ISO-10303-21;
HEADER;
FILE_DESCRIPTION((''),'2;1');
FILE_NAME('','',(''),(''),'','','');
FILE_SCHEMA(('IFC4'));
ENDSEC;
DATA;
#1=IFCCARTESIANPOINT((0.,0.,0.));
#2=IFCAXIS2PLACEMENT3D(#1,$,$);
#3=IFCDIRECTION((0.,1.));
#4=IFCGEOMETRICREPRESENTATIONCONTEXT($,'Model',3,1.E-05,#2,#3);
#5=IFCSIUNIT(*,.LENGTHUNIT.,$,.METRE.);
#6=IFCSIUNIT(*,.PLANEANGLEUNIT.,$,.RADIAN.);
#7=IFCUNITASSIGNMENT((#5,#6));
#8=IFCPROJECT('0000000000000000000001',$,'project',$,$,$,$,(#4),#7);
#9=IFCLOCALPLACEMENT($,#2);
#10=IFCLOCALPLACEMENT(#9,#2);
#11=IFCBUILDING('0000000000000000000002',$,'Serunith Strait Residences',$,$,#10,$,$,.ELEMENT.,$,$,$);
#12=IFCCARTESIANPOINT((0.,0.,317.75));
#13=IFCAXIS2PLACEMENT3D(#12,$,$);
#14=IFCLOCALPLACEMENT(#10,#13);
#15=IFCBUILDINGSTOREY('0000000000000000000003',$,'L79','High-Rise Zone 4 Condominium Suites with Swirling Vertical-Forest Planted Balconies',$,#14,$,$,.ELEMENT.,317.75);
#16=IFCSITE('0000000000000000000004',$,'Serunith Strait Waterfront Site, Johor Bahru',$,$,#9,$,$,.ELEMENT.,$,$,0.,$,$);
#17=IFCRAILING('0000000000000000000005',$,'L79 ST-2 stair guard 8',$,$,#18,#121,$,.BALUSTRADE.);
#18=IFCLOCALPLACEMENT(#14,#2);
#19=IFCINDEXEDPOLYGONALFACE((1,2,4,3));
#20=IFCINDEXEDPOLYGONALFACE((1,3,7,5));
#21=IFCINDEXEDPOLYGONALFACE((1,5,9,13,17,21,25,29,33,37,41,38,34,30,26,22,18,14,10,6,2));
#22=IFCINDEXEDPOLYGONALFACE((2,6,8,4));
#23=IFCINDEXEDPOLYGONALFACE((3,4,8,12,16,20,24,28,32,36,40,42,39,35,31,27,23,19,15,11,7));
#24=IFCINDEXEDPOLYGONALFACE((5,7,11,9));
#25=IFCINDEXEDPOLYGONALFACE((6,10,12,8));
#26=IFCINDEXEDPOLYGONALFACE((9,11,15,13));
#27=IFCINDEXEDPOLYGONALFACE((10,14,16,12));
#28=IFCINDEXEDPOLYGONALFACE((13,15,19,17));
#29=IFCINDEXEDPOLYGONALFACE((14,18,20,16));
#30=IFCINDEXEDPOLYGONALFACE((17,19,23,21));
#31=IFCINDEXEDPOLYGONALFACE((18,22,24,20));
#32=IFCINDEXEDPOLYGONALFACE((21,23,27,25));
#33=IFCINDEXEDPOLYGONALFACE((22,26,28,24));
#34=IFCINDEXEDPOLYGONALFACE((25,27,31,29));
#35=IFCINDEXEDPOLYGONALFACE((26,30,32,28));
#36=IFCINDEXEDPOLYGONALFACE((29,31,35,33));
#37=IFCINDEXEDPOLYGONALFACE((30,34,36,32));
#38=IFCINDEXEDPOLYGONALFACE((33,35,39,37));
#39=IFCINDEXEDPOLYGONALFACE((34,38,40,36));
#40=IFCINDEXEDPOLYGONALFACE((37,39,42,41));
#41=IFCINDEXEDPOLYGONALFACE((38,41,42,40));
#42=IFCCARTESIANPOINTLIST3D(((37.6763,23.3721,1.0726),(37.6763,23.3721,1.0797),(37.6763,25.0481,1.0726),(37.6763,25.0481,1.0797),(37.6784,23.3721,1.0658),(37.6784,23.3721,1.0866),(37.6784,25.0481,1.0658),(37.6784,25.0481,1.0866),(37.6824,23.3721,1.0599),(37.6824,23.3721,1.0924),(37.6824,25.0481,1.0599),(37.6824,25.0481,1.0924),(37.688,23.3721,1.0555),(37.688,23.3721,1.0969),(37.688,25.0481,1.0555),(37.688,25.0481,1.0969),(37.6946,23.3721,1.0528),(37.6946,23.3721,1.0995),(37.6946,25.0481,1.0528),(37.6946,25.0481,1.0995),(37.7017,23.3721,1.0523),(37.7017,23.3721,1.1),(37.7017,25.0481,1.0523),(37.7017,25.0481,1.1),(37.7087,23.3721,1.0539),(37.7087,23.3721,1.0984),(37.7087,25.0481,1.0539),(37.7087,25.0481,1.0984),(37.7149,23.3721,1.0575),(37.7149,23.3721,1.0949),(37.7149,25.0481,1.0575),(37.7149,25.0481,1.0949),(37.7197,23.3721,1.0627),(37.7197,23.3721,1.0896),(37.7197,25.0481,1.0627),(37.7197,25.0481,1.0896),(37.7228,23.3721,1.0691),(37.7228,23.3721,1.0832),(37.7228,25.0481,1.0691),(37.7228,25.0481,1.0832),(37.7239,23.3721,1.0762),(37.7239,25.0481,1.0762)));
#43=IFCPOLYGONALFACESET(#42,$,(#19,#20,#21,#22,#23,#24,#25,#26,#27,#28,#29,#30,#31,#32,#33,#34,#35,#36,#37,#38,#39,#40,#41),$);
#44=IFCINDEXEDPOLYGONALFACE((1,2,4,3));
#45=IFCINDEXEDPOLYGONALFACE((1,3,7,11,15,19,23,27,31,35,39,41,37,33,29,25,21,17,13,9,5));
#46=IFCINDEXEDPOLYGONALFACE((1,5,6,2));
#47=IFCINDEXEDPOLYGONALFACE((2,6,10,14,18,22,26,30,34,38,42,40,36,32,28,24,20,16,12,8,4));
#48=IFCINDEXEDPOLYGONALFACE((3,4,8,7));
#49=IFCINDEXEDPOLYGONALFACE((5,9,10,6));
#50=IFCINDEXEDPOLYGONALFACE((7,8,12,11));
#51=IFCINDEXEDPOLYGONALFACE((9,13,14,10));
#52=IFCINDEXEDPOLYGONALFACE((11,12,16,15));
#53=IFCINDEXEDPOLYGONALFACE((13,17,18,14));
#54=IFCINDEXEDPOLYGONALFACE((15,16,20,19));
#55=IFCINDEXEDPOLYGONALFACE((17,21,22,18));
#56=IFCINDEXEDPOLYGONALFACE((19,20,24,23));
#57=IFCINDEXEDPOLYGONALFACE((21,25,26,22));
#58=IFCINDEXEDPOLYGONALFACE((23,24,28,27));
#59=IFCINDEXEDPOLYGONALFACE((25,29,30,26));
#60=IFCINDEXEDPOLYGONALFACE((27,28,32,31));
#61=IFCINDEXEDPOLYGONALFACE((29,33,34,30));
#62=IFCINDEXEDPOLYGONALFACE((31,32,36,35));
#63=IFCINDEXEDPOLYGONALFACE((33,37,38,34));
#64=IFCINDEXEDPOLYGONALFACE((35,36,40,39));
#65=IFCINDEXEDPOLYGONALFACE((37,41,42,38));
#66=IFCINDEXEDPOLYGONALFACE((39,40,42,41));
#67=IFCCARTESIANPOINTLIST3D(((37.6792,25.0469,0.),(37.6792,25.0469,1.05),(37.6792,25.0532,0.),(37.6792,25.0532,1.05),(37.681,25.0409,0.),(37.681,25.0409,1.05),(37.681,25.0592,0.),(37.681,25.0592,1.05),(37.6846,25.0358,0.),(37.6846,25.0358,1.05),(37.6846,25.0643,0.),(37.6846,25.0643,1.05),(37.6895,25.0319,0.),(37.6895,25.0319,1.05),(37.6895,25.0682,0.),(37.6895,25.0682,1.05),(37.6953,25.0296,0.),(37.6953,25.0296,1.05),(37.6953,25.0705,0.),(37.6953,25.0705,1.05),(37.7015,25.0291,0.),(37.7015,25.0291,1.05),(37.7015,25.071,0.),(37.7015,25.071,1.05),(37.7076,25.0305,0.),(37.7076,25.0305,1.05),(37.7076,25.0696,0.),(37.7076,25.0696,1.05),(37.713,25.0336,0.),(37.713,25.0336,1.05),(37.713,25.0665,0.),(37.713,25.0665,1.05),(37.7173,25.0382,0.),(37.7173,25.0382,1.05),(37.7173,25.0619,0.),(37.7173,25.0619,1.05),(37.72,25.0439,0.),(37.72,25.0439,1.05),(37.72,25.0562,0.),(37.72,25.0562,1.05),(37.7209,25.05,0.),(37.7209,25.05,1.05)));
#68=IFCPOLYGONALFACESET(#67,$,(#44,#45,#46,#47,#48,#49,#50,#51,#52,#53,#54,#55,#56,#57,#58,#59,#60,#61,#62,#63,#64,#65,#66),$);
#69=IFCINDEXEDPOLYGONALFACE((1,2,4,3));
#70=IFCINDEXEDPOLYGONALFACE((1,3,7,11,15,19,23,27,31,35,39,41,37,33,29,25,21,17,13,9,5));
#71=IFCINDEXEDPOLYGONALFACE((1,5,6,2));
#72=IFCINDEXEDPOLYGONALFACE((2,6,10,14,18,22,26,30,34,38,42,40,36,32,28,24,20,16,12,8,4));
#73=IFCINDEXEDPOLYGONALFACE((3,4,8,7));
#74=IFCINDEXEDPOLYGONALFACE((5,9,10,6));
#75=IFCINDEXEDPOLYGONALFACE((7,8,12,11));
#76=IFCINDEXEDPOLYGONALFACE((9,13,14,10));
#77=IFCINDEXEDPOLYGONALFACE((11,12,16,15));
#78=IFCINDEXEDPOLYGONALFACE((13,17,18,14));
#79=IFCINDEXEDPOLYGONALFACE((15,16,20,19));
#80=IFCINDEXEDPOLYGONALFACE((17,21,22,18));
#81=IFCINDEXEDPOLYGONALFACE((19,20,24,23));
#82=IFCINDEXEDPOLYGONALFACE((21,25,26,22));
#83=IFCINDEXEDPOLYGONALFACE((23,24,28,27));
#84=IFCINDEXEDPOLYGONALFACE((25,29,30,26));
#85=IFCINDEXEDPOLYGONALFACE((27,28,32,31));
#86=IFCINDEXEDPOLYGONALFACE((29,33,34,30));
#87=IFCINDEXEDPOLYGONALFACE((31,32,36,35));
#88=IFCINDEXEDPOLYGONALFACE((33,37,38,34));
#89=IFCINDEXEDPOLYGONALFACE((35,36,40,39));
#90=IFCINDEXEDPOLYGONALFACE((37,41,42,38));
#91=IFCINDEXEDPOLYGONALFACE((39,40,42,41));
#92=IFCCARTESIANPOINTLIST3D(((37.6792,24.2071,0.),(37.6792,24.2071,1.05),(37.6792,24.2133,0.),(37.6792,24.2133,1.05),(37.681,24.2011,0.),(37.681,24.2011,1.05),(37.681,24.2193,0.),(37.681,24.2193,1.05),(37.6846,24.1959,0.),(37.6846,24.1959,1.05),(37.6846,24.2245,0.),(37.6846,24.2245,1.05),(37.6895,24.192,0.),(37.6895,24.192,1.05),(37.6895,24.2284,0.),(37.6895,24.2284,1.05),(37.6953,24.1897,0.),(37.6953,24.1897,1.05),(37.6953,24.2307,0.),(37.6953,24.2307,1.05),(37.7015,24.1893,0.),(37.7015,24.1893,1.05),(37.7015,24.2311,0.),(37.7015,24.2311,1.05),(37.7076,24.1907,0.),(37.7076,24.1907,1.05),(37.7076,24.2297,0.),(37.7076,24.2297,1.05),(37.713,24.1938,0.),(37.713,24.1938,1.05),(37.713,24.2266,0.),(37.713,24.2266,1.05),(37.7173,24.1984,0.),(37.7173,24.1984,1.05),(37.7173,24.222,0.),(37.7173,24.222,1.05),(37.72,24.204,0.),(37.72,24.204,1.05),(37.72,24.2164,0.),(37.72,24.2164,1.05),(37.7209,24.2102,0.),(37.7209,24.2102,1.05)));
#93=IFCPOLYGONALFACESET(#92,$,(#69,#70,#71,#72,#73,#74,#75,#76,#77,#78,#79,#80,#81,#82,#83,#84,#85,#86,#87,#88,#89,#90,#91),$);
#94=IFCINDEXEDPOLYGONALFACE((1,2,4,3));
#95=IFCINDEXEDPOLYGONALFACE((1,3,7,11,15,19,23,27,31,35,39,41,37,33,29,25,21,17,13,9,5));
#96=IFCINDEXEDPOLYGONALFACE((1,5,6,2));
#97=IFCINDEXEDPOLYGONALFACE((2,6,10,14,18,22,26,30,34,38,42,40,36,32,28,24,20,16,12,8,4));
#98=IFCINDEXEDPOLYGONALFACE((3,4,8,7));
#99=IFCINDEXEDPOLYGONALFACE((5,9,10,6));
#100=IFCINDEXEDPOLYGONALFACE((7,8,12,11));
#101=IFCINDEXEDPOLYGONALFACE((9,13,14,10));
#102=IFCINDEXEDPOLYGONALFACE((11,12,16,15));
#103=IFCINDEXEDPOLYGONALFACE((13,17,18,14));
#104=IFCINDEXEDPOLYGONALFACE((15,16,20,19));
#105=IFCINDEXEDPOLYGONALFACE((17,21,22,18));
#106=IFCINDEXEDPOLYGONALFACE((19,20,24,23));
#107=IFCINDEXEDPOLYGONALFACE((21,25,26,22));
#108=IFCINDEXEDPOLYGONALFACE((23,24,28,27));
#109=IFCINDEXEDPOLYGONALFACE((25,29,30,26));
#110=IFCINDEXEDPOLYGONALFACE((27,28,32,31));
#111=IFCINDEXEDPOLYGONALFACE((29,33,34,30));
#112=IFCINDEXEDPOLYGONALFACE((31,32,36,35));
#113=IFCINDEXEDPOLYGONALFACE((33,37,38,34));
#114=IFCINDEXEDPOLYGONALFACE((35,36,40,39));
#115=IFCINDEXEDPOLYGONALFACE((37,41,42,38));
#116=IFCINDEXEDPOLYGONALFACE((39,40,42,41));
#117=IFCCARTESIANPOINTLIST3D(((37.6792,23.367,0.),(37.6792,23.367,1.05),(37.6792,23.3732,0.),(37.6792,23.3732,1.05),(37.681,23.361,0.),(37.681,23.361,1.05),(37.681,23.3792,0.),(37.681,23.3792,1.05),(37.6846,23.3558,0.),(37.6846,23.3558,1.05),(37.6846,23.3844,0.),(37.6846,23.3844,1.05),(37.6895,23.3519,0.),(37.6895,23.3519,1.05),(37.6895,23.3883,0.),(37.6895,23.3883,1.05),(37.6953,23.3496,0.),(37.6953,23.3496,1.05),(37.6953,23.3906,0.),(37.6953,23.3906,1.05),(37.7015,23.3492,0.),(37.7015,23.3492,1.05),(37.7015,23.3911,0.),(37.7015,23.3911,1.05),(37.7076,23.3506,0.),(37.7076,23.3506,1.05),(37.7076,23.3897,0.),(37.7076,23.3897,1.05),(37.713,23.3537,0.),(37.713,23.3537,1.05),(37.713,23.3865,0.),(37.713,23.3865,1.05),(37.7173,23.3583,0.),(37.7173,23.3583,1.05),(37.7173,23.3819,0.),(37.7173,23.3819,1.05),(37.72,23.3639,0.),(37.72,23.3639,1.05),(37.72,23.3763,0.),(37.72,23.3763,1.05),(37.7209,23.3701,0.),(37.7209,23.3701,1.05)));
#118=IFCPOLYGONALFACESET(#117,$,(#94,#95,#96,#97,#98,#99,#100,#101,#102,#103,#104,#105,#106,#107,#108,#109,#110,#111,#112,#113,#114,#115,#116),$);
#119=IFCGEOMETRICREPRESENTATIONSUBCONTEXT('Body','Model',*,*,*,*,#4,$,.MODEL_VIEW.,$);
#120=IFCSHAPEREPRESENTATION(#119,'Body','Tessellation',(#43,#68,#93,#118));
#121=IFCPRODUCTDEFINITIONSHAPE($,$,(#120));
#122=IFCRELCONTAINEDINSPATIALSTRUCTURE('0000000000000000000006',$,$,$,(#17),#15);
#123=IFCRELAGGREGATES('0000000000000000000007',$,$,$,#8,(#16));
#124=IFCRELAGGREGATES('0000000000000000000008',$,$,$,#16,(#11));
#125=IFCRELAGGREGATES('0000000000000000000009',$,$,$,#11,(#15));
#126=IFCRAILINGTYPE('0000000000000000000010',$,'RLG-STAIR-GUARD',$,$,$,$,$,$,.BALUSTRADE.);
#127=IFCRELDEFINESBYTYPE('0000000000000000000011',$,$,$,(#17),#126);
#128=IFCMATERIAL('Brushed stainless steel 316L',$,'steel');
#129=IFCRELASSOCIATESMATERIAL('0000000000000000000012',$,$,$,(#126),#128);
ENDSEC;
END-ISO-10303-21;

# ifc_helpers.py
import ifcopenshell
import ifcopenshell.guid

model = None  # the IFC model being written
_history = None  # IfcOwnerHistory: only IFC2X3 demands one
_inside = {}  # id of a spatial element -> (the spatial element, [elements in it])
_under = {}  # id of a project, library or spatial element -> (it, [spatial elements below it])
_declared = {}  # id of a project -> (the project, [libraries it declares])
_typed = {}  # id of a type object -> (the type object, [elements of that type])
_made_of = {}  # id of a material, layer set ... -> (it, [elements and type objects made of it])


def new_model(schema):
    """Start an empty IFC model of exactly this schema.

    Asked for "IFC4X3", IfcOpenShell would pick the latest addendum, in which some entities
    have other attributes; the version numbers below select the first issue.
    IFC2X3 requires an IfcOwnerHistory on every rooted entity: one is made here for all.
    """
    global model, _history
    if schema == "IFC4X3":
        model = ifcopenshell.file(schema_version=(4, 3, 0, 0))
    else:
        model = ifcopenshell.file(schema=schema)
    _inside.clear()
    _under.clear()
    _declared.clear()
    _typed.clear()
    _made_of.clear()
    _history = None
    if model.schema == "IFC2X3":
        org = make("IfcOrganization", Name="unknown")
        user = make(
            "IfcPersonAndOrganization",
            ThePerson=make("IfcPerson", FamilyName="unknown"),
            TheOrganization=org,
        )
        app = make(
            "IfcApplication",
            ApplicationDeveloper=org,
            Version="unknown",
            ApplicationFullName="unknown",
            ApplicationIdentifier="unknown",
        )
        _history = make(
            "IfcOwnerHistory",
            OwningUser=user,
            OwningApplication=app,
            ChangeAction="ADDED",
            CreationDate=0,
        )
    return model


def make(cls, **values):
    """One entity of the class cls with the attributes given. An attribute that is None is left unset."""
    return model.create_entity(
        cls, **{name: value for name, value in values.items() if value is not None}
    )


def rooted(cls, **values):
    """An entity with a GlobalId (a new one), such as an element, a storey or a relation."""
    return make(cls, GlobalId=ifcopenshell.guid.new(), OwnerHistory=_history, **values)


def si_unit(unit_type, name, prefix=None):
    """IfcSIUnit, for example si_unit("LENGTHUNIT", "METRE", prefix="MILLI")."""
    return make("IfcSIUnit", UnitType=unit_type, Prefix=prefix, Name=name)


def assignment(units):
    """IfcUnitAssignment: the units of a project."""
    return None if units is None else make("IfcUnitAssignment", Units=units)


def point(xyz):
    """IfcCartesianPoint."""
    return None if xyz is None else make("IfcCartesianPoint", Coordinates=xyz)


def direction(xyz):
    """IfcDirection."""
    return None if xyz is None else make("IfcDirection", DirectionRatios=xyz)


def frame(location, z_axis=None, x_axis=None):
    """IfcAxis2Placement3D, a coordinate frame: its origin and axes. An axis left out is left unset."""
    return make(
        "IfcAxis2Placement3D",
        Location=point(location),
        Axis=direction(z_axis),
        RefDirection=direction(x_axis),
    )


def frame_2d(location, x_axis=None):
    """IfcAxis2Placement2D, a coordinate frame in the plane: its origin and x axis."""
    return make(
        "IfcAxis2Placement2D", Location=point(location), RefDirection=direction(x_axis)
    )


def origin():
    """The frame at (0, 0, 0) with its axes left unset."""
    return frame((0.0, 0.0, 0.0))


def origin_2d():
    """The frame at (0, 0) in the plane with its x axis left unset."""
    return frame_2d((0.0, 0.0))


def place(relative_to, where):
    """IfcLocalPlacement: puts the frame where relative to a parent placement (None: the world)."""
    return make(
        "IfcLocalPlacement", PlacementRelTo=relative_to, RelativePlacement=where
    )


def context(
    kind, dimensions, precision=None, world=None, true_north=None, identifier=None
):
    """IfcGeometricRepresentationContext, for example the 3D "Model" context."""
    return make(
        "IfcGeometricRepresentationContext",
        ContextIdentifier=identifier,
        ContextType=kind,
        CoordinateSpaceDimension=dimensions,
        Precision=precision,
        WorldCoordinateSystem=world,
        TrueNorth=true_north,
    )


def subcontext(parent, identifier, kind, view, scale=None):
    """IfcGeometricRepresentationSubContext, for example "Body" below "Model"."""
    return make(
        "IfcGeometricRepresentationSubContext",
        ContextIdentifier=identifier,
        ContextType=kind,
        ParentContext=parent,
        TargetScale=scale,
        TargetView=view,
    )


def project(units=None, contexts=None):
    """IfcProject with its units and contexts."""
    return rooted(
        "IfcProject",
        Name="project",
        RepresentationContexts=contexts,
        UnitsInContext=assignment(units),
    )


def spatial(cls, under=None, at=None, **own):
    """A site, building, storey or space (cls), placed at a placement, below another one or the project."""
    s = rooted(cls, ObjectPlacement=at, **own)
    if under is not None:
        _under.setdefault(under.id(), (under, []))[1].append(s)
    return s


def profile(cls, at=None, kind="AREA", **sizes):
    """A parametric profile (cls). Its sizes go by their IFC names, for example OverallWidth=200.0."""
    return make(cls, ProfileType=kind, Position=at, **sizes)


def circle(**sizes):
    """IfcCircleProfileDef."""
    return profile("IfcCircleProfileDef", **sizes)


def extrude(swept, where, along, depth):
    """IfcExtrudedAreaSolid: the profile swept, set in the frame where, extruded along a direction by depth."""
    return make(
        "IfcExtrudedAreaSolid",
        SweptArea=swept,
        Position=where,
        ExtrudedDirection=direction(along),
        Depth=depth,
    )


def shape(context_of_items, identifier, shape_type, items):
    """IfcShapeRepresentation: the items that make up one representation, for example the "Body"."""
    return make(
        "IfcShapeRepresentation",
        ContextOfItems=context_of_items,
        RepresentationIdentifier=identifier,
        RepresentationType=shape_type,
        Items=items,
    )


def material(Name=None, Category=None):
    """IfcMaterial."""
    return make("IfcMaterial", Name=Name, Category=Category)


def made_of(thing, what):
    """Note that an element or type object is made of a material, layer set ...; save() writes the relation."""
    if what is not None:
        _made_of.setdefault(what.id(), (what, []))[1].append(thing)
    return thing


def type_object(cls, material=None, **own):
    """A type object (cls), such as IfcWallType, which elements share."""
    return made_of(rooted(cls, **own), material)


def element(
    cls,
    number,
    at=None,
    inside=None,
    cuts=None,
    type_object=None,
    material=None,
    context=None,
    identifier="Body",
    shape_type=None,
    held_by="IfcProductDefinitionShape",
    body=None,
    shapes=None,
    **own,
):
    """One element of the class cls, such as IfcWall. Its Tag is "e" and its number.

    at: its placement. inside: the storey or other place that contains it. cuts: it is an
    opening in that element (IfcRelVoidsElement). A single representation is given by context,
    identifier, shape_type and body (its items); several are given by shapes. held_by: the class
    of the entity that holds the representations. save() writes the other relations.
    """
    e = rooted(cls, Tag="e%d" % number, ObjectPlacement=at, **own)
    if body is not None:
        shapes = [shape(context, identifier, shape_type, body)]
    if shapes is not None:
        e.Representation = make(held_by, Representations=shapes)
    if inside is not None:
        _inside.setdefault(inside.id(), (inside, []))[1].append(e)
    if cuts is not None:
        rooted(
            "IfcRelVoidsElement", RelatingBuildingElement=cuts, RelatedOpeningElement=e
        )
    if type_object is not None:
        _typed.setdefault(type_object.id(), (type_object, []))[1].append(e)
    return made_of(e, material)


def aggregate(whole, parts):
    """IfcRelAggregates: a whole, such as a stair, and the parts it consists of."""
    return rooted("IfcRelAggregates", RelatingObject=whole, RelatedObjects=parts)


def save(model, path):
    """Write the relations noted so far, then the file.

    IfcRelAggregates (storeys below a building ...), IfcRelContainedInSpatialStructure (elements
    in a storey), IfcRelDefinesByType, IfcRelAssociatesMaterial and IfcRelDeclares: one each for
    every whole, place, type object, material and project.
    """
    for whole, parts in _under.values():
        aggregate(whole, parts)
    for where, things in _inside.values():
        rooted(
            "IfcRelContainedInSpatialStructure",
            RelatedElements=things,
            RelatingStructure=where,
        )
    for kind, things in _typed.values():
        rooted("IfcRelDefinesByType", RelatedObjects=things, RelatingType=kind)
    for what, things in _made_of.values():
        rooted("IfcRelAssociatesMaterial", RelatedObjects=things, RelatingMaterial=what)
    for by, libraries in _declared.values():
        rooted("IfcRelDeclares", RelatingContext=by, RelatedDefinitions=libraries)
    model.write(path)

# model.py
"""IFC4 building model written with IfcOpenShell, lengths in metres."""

from ifc_helpers import new_model, si_unit, direction, frame, origin, origin_2d, place, context, subcontext, project, spatial, circle, extrude, material, type_object, element, save


model = new_model("IFC4")

# Units and contexts
model_context = context("Model", 3, precision=1e-05, world=origin(), true_north=direction((0.0, 1.0)))
body_context = subcontext(model_context, "Body", "Model", "MODEL_VIEW")
ifc_project = project(units=[si_unit("LENGTHUNIT", "METRE"), si_unit("PLANEANGLEUNIT", "RADIAN")], contexts=[model_context])

# Site, building, storey
site_placement = place(None, origin())
site = spatial("IfcSite", under=ifc_project, at=site_placement, Name="Serunith Strait Waterfront Site, Johor Bahru", CompositionType="ELEMENT", RefElevation=0.0)
building_placement = place(site_placement, origin())
building = spatial("IfcBuilding", under=site, at=building_placement, Name="Serunith Strait Residences", CompositionType="ELEMENT")
storey_placement = place(building_placement, frame((0.0, 0.0, 317.75)))
storey = spatial("IfcBuildingStorey", under=building, at=storey_placement, Name="L79", Description="High-Rise Zone 4 Condominium Suites with Swirling Vertical-Forest Planted Balconies", CompositionType="ELEMENT", Elevation=317.75)

# Railing
ifc_material_1 = material(Name="Brushed stainless steel 316L", Category="steel")
railing_type = type_object("IfcRailingType", Name="RLG-STAIR-GUARD", PredefinedType="BALUSTRADE", material=ifc_material_1)
railing_1_placement = place(storey_placement, frame((37.7, 25.05, 0.0)))
element("IfcRailing", 1, at=railing_1_placement, inside=storey, type_object=railing_type, Name="L79 ST-2 stair guard 8", PredefinedType="BALUSTRADE", context=body_context, shape_type="SweptSolid", body=[
    extrude(circle(Radius=0.0239, at=origin_2d()), frame((0.0, -0.002, 1.0762), z_axis=(0.0, -1.0, 0.0), x_axis=(1.0, 0.0, 0.0)), (0.0, 0.0, 1.0), 1.676),
    extrude(circle(Radius=0.021, at=origin_2d()), origin(), (0.0, 0.0, 1.0), 1.05),
    extrude(circle(Radius=0.021, at=origin_2d()), frame((0.0, -0.8398, 0.0)), (0.0, 0.0, 1.0), 1.05),
    extrude(circle(Radius=0.021, at=origin_2d()), frame((0.0, -1.6799, 0.0)), (0.0, 0.0, 1.0), 1.05),
])

save(model, "model.ifc")
